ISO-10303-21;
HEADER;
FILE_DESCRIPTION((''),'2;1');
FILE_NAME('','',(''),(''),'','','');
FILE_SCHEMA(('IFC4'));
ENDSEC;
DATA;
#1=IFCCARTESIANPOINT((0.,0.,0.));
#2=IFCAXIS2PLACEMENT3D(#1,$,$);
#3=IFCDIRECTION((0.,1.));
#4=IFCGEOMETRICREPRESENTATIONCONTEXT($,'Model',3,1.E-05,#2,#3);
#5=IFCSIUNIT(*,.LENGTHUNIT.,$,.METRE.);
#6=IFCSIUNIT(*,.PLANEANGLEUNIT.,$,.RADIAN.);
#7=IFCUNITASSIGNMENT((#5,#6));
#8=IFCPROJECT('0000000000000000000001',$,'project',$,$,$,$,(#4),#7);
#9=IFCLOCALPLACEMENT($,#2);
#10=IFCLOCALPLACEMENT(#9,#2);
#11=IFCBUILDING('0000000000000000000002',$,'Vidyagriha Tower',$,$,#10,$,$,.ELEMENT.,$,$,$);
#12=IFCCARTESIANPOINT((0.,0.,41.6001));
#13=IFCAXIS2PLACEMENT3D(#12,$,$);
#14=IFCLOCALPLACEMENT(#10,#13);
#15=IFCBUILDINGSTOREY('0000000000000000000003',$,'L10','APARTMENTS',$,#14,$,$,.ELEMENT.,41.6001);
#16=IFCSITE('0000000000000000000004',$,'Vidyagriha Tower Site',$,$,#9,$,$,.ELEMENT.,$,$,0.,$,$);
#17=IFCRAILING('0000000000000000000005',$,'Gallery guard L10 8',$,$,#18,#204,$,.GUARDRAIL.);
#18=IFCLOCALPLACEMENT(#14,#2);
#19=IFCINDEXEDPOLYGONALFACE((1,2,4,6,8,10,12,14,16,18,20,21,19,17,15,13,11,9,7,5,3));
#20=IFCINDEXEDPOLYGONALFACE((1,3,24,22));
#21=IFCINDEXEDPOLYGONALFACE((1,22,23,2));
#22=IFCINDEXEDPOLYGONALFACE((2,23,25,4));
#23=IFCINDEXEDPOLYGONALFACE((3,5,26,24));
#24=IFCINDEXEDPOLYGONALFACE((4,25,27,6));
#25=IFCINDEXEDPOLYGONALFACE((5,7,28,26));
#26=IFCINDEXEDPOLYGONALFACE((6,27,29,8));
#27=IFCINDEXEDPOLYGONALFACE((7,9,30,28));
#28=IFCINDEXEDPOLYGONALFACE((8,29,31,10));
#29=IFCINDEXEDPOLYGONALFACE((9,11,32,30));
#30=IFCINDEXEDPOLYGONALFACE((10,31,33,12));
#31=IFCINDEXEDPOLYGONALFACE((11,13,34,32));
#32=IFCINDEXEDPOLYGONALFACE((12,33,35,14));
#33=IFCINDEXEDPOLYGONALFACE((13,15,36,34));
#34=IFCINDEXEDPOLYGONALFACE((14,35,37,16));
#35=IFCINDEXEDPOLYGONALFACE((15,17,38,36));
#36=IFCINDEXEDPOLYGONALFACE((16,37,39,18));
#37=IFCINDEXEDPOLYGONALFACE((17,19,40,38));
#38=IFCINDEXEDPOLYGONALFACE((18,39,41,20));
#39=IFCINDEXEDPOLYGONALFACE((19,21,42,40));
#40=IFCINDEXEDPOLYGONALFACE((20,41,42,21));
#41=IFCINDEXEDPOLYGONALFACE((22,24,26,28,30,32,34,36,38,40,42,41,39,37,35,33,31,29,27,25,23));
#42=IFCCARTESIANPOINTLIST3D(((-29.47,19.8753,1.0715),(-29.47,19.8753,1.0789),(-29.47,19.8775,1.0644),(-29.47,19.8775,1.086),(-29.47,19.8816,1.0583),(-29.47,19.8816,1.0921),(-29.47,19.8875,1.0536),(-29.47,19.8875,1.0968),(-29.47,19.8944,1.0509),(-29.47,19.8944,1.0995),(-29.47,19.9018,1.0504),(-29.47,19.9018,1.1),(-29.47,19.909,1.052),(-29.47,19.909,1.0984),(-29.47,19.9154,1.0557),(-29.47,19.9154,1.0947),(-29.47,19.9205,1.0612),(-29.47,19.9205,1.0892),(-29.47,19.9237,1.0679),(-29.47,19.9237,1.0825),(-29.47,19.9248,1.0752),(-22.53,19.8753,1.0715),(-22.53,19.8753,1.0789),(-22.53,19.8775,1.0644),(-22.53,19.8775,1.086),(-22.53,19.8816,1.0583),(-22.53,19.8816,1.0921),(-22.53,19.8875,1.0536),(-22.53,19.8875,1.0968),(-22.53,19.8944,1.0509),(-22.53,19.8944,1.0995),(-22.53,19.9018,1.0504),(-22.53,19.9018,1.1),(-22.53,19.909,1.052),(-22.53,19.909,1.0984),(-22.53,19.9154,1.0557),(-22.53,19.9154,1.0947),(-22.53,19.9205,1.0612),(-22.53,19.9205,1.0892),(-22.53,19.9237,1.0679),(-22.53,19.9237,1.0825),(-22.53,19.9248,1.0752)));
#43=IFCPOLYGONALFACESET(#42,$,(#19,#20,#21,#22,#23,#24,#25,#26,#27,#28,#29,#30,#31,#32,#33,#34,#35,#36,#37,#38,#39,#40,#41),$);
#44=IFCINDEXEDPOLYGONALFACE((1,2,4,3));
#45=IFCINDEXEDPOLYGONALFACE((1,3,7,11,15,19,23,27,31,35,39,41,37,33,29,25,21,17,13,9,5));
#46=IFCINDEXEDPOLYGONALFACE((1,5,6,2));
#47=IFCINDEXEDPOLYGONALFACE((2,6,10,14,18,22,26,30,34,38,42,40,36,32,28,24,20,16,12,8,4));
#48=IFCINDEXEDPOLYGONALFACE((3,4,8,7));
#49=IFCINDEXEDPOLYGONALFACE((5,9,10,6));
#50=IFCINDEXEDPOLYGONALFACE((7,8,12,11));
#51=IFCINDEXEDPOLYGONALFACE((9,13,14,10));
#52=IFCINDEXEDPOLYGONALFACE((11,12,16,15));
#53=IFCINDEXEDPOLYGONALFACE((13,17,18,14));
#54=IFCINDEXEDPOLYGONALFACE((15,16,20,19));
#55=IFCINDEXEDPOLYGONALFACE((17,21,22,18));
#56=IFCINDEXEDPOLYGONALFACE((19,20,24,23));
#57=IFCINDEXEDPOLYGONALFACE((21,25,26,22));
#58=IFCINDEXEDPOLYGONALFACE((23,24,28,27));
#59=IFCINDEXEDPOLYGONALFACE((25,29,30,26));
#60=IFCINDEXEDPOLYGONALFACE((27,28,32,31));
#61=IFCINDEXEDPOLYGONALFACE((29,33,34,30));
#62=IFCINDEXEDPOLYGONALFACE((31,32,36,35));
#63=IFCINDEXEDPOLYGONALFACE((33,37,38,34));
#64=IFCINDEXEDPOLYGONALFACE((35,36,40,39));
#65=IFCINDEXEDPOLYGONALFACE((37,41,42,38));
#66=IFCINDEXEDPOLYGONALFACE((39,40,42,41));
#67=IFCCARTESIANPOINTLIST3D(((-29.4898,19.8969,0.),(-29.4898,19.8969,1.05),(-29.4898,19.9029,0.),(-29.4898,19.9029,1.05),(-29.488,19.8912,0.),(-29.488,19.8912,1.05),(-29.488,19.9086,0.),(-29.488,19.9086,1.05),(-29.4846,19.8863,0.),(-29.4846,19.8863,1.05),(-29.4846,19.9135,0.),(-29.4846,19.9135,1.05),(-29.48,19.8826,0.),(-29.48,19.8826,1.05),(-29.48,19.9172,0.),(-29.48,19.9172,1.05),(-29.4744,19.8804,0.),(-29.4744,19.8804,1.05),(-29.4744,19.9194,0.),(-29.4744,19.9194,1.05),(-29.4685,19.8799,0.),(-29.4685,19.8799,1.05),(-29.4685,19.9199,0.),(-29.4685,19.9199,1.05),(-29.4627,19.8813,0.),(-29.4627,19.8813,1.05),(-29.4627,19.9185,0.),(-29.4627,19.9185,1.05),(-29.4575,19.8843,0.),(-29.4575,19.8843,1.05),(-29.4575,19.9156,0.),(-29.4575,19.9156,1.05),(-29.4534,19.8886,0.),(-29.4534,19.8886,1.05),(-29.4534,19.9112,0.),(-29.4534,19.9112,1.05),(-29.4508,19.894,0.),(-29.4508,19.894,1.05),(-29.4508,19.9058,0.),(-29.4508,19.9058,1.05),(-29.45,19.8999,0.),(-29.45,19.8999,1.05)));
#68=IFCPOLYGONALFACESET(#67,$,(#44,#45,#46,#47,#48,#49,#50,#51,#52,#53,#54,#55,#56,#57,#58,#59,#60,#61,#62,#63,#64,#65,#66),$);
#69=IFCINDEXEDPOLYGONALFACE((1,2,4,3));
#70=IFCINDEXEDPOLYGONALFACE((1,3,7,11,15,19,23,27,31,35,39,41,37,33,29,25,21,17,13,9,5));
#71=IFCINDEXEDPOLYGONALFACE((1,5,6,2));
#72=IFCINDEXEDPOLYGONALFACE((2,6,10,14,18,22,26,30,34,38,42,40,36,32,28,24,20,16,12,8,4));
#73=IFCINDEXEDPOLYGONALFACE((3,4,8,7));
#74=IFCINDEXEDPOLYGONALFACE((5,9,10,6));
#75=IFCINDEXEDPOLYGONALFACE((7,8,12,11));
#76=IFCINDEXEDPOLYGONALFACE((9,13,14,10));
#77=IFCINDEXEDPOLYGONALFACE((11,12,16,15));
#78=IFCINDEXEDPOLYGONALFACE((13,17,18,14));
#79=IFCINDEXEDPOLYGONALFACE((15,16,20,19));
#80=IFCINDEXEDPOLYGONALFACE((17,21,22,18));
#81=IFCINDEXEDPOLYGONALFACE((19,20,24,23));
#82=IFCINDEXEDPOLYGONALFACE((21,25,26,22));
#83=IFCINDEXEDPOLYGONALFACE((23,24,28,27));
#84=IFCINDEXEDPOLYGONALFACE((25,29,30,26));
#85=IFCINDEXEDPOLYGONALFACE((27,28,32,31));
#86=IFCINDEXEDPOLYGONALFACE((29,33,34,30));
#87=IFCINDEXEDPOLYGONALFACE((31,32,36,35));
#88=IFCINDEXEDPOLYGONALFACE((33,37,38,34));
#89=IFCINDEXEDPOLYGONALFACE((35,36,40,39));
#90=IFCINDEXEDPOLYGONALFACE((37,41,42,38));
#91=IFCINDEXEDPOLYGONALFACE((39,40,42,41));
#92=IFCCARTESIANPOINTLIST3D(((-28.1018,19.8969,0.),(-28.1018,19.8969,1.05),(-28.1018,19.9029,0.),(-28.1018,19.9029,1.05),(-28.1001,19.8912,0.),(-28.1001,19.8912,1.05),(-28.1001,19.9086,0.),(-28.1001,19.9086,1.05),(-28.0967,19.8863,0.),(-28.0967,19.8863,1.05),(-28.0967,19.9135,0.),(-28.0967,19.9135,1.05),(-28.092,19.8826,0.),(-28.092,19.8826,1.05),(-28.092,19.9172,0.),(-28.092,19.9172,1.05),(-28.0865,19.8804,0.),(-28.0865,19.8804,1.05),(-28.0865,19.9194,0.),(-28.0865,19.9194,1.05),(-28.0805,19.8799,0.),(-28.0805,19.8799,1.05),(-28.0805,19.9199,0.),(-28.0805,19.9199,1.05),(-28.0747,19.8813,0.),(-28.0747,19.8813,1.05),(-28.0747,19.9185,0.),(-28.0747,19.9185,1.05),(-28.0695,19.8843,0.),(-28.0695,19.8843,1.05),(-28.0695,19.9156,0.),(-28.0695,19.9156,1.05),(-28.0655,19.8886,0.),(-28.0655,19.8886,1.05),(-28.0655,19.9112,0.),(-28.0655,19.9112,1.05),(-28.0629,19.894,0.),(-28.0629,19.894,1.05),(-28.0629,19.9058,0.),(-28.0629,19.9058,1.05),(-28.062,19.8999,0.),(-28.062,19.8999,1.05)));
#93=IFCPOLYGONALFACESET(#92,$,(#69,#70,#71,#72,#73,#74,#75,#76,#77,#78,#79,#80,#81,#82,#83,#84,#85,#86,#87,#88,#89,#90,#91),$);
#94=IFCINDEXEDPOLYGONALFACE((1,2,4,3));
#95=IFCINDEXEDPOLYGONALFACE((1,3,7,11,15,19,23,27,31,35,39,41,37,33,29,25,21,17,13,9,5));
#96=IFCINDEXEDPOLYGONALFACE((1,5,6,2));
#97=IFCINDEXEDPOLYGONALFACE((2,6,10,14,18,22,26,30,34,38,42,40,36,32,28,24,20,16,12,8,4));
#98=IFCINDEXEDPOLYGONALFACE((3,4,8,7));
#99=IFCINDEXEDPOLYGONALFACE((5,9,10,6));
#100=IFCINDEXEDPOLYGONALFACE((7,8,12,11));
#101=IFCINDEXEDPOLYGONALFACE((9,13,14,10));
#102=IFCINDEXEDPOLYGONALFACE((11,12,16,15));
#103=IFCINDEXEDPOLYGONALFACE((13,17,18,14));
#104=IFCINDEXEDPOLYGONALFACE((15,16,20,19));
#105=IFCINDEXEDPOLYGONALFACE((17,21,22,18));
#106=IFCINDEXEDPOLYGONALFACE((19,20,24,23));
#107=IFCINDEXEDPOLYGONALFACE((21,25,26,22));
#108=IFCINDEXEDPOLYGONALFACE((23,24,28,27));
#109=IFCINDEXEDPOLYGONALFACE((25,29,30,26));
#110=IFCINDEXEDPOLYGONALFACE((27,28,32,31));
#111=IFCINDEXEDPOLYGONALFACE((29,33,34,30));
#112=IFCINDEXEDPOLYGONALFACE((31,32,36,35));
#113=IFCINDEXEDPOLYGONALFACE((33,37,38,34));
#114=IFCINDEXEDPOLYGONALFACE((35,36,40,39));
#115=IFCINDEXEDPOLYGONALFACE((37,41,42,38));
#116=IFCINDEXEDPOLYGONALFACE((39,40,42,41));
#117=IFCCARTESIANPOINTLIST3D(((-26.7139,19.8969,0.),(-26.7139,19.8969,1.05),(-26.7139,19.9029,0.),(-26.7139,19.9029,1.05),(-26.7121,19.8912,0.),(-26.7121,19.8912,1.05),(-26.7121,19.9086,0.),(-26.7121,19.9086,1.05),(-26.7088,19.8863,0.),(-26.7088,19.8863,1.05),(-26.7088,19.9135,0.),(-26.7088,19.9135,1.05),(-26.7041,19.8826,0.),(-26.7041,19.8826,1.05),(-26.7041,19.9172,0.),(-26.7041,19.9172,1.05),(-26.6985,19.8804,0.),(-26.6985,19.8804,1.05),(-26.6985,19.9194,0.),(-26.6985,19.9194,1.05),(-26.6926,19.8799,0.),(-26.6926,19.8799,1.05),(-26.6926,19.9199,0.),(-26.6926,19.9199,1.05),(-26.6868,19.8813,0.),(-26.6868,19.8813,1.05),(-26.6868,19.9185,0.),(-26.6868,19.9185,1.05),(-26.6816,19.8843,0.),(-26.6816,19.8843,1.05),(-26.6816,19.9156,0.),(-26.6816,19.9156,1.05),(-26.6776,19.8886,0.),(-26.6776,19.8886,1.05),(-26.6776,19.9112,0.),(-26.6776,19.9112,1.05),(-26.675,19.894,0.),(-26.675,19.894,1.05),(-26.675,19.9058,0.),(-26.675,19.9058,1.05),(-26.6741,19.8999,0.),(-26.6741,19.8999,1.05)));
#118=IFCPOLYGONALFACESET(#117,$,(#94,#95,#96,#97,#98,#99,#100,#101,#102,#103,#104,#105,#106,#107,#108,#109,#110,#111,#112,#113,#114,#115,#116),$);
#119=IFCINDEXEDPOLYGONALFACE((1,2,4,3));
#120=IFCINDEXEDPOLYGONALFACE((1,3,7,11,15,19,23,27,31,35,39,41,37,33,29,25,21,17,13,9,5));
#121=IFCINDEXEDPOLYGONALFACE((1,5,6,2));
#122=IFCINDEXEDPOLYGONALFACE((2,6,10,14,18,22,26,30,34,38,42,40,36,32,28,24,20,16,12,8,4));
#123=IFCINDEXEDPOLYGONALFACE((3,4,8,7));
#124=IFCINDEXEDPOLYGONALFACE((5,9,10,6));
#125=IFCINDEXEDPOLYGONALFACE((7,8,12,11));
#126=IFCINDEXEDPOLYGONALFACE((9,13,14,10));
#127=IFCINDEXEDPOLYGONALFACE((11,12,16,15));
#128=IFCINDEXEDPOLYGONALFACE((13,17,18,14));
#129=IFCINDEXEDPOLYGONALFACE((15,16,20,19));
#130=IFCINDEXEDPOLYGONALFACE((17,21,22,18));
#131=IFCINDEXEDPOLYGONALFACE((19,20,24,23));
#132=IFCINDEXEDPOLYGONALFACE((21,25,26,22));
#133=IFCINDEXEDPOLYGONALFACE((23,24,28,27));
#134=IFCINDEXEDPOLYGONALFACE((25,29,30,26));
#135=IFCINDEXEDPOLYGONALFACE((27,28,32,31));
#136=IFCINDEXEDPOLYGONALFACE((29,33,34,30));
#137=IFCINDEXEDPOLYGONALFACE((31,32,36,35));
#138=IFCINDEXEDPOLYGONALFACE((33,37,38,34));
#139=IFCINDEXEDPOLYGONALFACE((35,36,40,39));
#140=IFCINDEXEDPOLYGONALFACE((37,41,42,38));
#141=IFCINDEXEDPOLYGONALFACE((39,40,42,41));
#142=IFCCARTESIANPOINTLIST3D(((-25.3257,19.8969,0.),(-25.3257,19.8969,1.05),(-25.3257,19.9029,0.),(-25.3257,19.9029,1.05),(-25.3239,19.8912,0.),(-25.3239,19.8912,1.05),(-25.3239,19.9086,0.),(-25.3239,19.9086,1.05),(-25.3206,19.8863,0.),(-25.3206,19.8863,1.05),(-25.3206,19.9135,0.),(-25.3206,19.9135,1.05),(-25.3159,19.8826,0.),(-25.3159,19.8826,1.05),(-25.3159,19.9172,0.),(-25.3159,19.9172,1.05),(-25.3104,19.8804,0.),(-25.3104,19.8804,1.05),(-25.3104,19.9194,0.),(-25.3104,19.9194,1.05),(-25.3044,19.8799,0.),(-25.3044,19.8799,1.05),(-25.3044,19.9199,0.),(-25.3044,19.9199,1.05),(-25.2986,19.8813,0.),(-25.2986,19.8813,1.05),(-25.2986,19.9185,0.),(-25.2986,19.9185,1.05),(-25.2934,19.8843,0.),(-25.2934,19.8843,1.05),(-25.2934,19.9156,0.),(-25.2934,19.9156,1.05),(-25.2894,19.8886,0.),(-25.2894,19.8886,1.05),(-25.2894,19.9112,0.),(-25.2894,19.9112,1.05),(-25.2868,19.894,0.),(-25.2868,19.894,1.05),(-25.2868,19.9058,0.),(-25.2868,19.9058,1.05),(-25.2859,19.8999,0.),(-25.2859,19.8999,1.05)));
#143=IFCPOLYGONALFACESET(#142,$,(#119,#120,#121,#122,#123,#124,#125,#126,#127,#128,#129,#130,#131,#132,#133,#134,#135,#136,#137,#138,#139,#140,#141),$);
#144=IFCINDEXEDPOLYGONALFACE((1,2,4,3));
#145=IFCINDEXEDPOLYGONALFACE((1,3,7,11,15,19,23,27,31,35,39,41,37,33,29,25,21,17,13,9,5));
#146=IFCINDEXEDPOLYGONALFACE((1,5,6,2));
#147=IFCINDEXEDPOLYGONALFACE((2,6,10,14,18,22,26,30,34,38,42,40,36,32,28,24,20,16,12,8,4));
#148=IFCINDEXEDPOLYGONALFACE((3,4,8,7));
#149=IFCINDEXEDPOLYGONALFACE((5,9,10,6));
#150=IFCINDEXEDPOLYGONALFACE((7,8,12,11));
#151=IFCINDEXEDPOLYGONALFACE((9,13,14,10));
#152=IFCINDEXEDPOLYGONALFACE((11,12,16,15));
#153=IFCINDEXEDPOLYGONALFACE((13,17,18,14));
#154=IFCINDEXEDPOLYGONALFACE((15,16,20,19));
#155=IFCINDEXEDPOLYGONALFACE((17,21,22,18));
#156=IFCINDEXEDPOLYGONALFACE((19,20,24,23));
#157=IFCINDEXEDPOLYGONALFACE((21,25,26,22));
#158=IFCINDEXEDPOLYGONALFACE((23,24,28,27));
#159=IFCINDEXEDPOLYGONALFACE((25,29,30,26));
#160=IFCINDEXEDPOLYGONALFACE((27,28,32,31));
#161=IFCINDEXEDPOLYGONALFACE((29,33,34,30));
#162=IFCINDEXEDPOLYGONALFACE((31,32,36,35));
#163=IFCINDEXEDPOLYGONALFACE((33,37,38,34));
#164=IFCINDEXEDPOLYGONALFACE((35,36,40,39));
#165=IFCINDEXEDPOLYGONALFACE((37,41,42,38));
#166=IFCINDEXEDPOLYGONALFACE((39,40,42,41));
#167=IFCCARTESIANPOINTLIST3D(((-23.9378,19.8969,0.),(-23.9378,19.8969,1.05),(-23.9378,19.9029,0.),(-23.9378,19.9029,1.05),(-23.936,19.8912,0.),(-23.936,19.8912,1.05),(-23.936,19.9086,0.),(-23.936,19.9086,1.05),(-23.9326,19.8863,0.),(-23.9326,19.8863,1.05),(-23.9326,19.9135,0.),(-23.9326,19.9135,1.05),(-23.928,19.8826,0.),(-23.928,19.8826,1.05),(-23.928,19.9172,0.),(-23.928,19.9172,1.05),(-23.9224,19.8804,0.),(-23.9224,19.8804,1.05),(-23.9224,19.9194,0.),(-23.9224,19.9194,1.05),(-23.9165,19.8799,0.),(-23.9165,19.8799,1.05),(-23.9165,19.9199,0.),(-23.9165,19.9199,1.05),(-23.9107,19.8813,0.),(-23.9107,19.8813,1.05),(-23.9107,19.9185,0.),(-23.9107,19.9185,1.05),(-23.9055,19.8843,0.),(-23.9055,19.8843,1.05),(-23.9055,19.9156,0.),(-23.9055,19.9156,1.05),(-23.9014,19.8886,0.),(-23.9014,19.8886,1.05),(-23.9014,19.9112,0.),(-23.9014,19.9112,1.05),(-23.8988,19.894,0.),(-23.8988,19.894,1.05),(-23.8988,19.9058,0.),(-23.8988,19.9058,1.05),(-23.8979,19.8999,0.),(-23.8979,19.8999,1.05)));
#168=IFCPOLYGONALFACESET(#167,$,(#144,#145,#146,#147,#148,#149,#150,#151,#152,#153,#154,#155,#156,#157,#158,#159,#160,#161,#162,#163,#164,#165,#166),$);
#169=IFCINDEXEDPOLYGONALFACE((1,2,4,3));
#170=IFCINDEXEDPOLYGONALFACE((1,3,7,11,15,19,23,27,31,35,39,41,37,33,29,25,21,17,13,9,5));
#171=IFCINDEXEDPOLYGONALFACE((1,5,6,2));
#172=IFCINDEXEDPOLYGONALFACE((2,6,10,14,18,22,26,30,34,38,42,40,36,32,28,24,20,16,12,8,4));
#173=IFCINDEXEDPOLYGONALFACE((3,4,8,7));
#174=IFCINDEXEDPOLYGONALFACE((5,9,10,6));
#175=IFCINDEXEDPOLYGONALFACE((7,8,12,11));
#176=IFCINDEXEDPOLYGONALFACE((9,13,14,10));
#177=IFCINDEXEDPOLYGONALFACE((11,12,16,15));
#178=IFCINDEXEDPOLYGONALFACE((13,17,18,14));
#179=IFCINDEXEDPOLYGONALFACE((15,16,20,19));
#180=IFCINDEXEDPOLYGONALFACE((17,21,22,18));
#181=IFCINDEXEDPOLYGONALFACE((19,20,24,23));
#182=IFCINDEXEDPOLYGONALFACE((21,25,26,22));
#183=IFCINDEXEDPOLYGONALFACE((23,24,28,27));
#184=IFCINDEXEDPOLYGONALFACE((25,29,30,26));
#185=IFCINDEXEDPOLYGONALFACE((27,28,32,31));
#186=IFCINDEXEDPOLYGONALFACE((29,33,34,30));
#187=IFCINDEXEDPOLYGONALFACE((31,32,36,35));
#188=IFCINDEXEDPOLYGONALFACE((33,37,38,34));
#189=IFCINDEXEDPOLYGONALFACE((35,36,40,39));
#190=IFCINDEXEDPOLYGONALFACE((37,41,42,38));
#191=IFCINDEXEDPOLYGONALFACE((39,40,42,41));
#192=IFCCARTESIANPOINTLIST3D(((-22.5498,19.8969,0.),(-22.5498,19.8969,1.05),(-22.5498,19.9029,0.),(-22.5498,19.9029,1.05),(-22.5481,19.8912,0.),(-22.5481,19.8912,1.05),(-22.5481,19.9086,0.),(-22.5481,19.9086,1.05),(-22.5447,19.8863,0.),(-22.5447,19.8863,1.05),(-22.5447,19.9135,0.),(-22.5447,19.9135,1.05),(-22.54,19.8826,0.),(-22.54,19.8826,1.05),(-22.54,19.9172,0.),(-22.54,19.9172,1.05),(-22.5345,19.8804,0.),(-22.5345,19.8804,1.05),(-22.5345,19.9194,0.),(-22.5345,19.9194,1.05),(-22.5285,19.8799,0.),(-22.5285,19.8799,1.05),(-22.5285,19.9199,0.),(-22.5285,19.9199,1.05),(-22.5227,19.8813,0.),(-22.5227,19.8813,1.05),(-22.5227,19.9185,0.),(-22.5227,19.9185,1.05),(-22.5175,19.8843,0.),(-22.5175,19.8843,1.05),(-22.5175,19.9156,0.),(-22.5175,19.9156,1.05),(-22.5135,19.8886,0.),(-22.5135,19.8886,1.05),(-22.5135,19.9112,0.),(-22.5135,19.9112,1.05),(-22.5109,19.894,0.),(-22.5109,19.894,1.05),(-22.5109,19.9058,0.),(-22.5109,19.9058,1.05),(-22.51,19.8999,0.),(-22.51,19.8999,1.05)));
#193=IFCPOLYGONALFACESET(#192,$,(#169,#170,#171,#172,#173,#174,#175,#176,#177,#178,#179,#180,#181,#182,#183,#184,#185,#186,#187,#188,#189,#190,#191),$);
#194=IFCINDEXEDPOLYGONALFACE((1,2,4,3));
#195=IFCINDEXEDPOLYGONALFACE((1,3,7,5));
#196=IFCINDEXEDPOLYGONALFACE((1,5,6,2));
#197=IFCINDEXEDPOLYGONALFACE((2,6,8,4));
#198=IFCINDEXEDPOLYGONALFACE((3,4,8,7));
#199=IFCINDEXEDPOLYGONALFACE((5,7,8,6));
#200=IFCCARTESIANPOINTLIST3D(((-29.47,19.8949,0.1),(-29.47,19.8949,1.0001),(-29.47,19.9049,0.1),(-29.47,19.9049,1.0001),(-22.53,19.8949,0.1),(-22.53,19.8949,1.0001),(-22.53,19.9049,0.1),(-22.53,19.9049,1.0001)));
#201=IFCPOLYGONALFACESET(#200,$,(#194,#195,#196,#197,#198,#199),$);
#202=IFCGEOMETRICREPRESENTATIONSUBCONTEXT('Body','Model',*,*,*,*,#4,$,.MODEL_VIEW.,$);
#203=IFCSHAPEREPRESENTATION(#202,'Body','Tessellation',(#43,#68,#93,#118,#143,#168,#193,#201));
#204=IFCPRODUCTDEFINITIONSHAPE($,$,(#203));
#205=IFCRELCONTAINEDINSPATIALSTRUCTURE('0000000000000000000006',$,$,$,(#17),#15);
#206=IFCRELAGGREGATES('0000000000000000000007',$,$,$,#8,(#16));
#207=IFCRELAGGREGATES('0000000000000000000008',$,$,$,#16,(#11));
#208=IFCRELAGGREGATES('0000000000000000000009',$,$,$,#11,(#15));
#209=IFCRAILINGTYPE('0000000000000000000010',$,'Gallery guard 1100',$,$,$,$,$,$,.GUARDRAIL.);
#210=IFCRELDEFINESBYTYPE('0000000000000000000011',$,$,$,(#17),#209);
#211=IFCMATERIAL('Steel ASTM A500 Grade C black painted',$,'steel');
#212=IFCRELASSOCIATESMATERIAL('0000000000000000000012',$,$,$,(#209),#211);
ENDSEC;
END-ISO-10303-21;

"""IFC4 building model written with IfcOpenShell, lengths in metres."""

from ifc_helpers import new_model, si_unit, direction, frame, origin, origin_2d, place, context, subcontext, project, spatial, rectangle, circle, extrude, material, type_object, element, save


model = new_model("IFC4")

# Units and contexts
model_context = context("Model", 3, precision=1e-05, world=origin(), true_north=direction((0.0, 1.0)))
body_context = subcontext(model_context, "Body", "Model", "MODEL_VIEW")
ifc_project = project(units=[si_unit("LENGTHUNIT", "METRE"), si_unit("PLANEANGLEUNIT", "RADIAN")], contexts=[model_context])

# Site, building, storey
site_placement = place(None, origin())
site = spatial("IfcSite", under=ifc_project, at=site_placement, Name="Vidyagriha Tower Site", CompositionType="ELEMENT", RefElevation=0.0)
building_placement = place(site_placement, origin())
building = spatial("IfcBuilding", under=site, at=building_placement, Name="Vidyagriha Tower", CompositionType="ELEMENT")
storey_placement = place(building_placement, frame((0.0, 0.0, 41.6001)))
storey = spatial("IfcBuildingStorey", under=building, at=storey_placement, Name="L10", Description="APARTMENTS", CompositionType="ELEMENT", Elevation=41.6001)

# Railing
ifc_material_1 = material(Name="Steel ASTM A500 Grade C black painted", Category="steel")
railing_type = type_object("IfcRailingType", Name="Gallery guard 1100", PredefinedType="GUARDRAIL", material=ifc_material_1)
railing_1_placement = place(storey_placement, frame((-29.47, 19.8999, 0.0)))
element("IfcRailing", 1, at=railing_1_placement, inside=storey, type_object=railing_type, Name="Gallery guard L10 8", PredefinedType="GUARDRAIL", context=body_context, shape_type="SweptSolid", body=[
    extrude(circle(Radius=0.0249, at=origin_2d()), frame((0.0, 0.0, 1.0752), z_axis=(1.0, 0.0, 0.0), x_axis=(0.0, 1.0, 0.0)), (0.0, 0.0, 1.0), 6.9399),
    extrude(circle(Radius=0.02, at=origin_2d()), origin(), (0.0, 0.0, 1.0), 1.05),
    extrude(circle(Radius=0.02, at=origin_2d()), frame((1.3879, 0.0, 0.0)), (0.0, 0.0, 1.0), 1.05),
    extrude(circle(Radius=0.02, at=origin_2d()), frame((2.7759, 0.0, 0.0)), (0.0, 0.0, 1.0), 1.05),
    extrude(circle(Radius=0.02, at=origin_2d()), frame((4.1641, 0.0, 0.0)), (0.0, 0.0, 1.0), 1.05),
    extrude(circle(Radius=0.02, at=origin_2d()), frame((5.552, 0.0, 0.0)), (0.0, 0.0, 1.0), 1.05),
    extrude(circle(Radius=0.02, at=origin_2d()), frame((6.9399, 0.0, 0.0)), (0.0, 0.0, 1.0), 1.05),
    extrude(rectangle(XDim=0.01, YDim=0.9001, at=origin_2d()), frame((0.0, 0.0, 0.55), z_axis=(1.0, 0.0, 0.0), x_axis=(0.0, 1.0, 0.0)), (0.0, 0.0, 1.0), 6.9399),
])

save(model, "model.ifc")
